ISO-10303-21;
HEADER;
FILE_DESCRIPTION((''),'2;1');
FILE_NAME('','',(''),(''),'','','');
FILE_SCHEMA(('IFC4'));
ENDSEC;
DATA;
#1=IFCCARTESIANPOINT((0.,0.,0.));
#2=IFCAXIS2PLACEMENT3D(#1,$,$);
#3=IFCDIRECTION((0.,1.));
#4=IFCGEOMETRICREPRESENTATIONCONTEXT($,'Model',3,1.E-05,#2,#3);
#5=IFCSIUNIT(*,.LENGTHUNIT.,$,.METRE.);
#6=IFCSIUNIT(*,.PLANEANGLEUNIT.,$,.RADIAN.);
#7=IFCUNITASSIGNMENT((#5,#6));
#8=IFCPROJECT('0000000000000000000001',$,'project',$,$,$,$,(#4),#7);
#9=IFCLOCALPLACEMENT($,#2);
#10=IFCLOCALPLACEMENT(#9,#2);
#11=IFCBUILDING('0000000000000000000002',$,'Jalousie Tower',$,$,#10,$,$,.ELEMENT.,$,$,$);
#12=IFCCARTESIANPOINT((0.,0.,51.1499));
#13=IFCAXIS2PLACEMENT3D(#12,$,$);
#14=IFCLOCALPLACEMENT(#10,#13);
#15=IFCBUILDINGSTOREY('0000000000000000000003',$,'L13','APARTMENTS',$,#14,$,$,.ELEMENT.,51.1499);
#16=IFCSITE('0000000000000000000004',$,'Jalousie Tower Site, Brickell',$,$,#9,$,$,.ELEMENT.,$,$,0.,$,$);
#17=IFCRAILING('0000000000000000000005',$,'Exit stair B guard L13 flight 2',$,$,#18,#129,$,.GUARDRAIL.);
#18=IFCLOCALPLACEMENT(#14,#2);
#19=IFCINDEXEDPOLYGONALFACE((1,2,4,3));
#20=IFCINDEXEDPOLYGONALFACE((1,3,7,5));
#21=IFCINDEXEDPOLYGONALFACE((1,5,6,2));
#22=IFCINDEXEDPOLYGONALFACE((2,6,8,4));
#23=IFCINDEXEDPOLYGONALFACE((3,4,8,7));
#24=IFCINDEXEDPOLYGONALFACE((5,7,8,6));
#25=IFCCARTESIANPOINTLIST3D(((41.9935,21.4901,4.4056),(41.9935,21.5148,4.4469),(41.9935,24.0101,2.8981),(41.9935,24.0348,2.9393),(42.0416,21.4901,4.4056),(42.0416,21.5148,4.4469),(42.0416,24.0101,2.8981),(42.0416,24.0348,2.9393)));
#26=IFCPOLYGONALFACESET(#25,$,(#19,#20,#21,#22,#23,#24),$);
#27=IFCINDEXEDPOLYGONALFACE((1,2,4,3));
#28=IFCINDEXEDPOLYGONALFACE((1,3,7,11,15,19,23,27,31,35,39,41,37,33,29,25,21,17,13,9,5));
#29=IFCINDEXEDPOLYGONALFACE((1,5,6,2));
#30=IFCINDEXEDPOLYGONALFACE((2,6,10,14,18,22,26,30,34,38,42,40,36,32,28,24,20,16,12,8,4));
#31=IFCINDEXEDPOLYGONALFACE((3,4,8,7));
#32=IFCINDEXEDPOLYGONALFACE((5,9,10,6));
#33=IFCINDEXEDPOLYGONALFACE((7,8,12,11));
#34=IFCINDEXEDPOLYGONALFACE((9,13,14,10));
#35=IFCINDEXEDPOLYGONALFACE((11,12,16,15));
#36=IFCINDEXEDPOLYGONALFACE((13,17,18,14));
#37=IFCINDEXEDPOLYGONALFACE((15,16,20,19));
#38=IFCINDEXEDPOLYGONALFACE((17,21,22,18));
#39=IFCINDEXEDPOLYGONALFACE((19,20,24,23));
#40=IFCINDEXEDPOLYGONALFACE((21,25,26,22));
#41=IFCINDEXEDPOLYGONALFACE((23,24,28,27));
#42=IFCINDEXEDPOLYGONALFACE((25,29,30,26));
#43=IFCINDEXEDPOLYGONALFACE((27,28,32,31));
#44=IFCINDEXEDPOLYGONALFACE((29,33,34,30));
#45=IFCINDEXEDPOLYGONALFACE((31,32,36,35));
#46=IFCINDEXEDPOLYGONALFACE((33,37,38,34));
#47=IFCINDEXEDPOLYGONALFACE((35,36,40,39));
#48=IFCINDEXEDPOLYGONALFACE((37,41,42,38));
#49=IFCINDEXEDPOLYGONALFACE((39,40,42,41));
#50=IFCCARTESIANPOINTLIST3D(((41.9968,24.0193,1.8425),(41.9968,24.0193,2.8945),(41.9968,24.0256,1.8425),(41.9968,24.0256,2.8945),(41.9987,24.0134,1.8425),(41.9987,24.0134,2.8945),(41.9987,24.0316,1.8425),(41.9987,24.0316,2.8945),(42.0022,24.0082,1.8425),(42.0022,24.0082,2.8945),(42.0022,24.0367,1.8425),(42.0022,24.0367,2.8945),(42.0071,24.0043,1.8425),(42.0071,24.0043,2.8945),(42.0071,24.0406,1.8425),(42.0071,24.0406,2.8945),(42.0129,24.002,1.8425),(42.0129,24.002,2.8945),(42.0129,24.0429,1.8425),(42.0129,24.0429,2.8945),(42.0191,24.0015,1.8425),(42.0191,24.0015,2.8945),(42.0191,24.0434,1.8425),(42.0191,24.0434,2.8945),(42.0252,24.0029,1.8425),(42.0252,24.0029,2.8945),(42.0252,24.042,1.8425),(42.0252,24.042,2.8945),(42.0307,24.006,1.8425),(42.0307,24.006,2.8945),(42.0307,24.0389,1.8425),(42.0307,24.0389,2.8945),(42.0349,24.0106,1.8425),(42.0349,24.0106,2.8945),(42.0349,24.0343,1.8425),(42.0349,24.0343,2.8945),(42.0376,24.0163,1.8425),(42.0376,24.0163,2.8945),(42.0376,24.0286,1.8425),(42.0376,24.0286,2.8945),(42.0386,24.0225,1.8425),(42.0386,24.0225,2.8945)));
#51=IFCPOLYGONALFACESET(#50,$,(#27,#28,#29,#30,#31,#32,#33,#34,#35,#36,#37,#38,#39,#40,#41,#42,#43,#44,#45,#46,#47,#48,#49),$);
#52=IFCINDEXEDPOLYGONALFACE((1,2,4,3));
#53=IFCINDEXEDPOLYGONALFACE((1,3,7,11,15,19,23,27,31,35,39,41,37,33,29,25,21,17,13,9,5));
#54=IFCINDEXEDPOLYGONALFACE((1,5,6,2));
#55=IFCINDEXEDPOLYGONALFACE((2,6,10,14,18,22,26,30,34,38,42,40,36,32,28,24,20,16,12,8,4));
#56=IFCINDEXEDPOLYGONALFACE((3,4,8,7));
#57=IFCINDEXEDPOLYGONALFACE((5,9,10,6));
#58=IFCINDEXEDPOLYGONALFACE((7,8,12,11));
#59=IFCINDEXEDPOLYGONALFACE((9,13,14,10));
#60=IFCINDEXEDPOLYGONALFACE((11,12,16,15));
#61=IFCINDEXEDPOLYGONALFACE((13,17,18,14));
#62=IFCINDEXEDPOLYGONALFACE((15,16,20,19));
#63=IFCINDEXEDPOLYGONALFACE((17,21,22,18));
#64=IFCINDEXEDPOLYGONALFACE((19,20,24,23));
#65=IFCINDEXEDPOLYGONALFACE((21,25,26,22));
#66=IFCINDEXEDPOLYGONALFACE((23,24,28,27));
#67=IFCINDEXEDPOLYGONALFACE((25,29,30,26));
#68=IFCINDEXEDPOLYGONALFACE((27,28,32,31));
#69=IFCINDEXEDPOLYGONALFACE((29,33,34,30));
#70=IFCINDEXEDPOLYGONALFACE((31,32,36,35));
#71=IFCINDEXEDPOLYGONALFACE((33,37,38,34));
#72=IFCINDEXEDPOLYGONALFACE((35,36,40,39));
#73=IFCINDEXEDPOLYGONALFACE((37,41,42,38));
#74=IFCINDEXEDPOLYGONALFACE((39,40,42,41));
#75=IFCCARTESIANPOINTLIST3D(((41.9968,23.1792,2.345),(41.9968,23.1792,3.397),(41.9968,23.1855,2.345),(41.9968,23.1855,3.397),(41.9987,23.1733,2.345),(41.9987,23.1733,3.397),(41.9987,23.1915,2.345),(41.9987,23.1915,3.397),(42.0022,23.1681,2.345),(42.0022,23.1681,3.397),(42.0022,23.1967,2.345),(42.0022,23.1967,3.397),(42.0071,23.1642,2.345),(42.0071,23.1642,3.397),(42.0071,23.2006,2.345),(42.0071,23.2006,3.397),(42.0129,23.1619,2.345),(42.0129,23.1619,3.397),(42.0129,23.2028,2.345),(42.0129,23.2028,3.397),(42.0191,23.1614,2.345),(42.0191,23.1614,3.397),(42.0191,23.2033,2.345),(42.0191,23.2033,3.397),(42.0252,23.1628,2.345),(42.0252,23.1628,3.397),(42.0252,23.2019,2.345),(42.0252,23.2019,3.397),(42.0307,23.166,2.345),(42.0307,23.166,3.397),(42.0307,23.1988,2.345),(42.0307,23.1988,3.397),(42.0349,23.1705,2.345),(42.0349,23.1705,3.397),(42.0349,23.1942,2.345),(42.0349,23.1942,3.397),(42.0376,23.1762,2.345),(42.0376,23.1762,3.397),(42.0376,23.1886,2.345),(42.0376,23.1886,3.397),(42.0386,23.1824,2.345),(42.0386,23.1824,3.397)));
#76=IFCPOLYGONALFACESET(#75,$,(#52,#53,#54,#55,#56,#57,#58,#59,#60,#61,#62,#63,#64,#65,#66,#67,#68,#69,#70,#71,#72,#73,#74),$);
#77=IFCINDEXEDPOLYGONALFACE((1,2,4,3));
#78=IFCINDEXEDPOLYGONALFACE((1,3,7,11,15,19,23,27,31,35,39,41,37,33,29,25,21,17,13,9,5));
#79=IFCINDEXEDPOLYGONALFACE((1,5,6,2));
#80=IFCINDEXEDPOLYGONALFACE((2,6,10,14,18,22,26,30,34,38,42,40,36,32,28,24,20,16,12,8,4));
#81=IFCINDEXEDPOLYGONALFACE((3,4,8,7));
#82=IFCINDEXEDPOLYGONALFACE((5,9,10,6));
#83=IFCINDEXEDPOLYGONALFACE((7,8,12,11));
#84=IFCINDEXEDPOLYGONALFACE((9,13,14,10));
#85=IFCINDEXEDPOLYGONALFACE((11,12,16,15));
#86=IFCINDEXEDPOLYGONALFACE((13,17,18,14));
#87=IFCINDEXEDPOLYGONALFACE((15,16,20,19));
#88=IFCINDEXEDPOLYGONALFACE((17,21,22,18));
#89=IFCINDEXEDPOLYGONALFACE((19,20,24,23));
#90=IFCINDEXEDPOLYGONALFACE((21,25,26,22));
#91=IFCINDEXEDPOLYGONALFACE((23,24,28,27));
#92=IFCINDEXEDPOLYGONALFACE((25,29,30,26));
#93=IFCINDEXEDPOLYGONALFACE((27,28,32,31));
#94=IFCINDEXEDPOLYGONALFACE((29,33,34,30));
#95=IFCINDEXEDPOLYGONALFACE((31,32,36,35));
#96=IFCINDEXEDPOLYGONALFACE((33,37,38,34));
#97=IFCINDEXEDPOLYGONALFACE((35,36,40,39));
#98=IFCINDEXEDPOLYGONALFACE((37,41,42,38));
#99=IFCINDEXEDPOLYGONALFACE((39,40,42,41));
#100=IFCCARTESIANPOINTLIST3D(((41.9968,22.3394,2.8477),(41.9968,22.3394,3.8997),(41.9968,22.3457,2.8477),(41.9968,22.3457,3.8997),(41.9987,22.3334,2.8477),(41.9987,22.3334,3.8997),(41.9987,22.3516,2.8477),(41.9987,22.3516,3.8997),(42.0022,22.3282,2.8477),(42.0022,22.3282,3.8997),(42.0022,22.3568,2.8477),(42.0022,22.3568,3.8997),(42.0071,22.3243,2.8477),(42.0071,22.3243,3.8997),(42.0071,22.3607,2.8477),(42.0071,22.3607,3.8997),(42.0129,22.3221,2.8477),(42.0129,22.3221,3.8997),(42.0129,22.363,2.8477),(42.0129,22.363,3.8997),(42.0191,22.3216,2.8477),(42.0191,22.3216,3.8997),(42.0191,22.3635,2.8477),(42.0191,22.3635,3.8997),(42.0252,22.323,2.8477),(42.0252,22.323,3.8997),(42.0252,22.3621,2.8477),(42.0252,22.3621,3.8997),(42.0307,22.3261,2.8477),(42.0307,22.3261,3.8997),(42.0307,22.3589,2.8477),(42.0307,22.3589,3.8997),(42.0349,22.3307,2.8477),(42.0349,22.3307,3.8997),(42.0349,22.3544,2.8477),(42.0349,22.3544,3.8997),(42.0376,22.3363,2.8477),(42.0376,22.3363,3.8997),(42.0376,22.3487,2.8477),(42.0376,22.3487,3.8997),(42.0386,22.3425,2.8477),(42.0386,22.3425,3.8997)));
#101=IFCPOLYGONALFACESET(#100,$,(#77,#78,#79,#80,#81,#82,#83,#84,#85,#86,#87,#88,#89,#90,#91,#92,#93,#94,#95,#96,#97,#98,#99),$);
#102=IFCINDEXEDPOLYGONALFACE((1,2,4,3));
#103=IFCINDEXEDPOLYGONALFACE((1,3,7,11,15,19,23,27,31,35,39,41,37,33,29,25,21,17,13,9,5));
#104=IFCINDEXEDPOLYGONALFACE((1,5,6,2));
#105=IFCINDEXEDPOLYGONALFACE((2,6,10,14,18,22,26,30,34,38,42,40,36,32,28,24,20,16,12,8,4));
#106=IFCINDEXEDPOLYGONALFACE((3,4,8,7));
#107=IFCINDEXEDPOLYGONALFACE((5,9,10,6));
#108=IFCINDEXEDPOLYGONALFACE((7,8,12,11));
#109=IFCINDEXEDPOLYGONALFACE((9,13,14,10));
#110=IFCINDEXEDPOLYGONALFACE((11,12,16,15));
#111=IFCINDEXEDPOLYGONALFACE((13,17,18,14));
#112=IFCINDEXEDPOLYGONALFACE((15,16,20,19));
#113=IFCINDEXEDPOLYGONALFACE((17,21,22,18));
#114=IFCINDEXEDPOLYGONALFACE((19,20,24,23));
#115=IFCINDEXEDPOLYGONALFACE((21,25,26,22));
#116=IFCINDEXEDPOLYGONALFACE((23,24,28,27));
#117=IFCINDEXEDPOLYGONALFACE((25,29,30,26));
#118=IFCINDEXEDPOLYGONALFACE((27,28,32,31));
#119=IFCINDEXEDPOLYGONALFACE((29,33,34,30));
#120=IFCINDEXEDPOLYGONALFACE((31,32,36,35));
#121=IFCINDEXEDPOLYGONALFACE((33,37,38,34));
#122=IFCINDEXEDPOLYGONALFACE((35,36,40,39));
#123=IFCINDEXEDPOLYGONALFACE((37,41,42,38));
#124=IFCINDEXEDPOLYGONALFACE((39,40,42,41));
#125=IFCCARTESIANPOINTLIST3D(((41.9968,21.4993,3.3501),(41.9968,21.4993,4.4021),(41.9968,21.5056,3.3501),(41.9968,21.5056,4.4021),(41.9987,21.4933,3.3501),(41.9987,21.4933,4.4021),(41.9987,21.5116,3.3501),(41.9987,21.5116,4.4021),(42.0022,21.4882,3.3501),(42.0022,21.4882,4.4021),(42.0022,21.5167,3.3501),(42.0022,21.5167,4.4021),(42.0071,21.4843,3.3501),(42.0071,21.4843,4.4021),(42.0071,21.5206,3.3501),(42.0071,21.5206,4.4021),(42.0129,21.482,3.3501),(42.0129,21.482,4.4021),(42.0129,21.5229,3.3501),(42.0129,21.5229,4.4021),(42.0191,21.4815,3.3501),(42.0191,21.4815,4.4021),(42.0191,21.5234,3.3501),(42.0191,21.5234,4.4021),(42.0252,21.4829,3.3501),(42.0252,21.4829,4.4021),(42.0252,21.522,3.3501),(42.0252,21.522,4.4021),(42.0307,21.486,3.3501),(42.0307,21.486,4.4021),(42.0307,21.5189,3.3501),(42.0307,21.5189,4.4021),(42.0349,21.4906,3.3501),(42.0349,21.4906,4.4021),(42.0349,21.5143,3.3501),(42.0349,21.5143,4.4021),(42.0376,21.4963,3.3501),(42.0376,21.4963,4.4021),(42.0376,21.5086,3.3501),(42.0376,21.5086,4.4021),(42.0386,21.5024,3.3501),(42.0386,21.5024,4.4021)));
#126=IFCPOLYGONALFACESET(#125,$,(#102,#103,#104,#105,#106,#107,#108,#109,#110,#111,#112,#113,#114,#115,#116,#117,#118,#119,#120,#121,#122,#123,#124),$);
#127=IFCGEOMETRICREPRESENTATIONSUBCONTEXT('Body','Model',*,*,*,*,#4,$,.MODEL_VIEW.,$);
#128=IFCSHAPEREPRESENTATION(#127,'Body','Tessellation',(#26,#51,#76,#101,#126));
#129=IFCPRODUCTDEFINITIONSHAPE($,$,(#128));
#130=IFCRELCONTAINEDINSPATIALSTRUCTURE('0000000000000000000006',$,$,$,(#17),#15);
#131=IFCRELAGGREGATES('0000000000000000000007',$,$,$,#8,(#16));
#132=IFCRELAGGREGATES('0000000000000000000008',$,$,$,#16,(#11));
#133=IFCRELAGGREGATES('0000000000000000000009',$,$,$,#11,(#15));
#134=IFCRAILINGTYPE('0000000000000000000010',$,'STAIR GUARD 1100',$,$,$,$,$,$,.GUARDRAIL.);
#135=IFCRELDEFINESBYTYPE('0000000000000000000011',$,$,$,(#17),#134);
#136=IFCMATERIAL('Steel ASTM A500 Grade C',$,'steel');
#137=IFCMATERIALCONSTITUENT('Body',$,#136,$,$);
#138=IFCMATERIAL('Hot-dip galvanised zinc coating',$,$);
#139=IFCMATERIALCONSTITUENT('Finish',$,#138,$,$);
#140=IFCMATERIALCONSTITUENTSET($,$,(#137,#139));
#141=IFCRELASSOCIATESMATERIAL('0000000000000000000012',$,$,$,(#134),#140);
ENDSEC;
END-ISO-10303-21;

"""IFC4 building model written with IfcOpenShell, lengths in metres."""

from ifc_helpers import new_model, si_unit, direction, frame, origin, origin_2d, place, context, subcontext, project, spatial, rectangle, circle, extrude, material, constituent, constituent_set, type_object, element, save


model = new_model("IFC4")

# Units and contexts
model_context = context("Model", 3, precision=1e-05, world=origin(), true_north=direction((0.0, 1.0)))
body_context = subcontext(model_context, "Body", "Model", "MODEL_VIEW")
ifc_project = project(units=[si_unit("LENGTHUNIT", "METRE"), si_unit("PLANEANGLEUNIT", "RADIAN")], contexts=[model_context])

# Site, building, storey
site_placement = place(None, origin())
site = spatial("IfcSite", under=ifc_project, at=site_placement, Name="Jalousie Tower Site, Brickell", CompositionType="ELEMENT", RefElevation=0.0)
building_placement = place(site_placement, origin())
building = spatial("IfcBuilding", under=site, at=building_placement, Name="Jalousie Tower", CompositionType="ELEMENT")
storey_placement = place(building_placement, frame((0.0, 0.0, 51.1499)))
storey = spatial("IfcBuildingStorey", under=building, at=storey_placement, Name="L13", Description="APARTMENTS", CompositionType="ELEMENT", Elevation=51.1499)

# Railing
ifc_material_1 = material(Name="Steel ASTM A500 Grade C", Category="steel")
ifc_constituent_1 = constituent(ifc_material_1, Name="Body")
ifc_material_2 = material(Name="Hot-dip galvanised zinc coating")
ifc_constituent_2 = constituent(ifc_material_2, Name="Finish")
ifc_constituent_set_1 = constituent_set(constituents=[ifc_constituent_1, ifc_constituent_2])
railing_type_1 = type_object("IfcRailingType", Name="STAIR GUARD 1100", PredefinedType="GUARDRAIL", material=ifc_constituent_set_1)
railing_1_placement = place(storey_placement, frame((42.0176, 24.0225, 1.8425)))
element("IfcRailing", 1, at=railing_1_placement, inside=storey, type_object=railing_type_1, Name="Exit stair B guard L13 flight 2", PredefinedType="GUARDRAIL", context=body_context, shape_type="SweptSolid", body=[
    extrude(rectangle(XDim=0.0481, YDim=0.0481, at=origin_2d()), frame((0.0, 0.0, 1.0762), z_axis=(0.0, -0.85816, 0.513383), x_axis=(1.0, 0.0, 0.0)), (0.0, 0.0, 1.0), 2.9365),
    extrude(circle(Radius=0.021, at=origin_2d()), origin(), (0.0, 0.0, 1.0), 1.052),
    extrude(circle(Radius=0.021, at=origin_2d()), frame((0.0, -0.8401, 0.5024)), (0.0, 0.0, 1.0), 1.052),
    extrude(circle(Radius=0.021, at=origin_2d()), frame((0.0, -1.6799, 1.0051)), (0.0, 0.0, 1.0), 1.052),
    extrude(circle(Radius=0.021, at=origin_2d()), frame((0.0, -2.52, 1.5076)), (0.0, 0.0, 1.0), 1.052),
])

save(model, "model.ifc")
